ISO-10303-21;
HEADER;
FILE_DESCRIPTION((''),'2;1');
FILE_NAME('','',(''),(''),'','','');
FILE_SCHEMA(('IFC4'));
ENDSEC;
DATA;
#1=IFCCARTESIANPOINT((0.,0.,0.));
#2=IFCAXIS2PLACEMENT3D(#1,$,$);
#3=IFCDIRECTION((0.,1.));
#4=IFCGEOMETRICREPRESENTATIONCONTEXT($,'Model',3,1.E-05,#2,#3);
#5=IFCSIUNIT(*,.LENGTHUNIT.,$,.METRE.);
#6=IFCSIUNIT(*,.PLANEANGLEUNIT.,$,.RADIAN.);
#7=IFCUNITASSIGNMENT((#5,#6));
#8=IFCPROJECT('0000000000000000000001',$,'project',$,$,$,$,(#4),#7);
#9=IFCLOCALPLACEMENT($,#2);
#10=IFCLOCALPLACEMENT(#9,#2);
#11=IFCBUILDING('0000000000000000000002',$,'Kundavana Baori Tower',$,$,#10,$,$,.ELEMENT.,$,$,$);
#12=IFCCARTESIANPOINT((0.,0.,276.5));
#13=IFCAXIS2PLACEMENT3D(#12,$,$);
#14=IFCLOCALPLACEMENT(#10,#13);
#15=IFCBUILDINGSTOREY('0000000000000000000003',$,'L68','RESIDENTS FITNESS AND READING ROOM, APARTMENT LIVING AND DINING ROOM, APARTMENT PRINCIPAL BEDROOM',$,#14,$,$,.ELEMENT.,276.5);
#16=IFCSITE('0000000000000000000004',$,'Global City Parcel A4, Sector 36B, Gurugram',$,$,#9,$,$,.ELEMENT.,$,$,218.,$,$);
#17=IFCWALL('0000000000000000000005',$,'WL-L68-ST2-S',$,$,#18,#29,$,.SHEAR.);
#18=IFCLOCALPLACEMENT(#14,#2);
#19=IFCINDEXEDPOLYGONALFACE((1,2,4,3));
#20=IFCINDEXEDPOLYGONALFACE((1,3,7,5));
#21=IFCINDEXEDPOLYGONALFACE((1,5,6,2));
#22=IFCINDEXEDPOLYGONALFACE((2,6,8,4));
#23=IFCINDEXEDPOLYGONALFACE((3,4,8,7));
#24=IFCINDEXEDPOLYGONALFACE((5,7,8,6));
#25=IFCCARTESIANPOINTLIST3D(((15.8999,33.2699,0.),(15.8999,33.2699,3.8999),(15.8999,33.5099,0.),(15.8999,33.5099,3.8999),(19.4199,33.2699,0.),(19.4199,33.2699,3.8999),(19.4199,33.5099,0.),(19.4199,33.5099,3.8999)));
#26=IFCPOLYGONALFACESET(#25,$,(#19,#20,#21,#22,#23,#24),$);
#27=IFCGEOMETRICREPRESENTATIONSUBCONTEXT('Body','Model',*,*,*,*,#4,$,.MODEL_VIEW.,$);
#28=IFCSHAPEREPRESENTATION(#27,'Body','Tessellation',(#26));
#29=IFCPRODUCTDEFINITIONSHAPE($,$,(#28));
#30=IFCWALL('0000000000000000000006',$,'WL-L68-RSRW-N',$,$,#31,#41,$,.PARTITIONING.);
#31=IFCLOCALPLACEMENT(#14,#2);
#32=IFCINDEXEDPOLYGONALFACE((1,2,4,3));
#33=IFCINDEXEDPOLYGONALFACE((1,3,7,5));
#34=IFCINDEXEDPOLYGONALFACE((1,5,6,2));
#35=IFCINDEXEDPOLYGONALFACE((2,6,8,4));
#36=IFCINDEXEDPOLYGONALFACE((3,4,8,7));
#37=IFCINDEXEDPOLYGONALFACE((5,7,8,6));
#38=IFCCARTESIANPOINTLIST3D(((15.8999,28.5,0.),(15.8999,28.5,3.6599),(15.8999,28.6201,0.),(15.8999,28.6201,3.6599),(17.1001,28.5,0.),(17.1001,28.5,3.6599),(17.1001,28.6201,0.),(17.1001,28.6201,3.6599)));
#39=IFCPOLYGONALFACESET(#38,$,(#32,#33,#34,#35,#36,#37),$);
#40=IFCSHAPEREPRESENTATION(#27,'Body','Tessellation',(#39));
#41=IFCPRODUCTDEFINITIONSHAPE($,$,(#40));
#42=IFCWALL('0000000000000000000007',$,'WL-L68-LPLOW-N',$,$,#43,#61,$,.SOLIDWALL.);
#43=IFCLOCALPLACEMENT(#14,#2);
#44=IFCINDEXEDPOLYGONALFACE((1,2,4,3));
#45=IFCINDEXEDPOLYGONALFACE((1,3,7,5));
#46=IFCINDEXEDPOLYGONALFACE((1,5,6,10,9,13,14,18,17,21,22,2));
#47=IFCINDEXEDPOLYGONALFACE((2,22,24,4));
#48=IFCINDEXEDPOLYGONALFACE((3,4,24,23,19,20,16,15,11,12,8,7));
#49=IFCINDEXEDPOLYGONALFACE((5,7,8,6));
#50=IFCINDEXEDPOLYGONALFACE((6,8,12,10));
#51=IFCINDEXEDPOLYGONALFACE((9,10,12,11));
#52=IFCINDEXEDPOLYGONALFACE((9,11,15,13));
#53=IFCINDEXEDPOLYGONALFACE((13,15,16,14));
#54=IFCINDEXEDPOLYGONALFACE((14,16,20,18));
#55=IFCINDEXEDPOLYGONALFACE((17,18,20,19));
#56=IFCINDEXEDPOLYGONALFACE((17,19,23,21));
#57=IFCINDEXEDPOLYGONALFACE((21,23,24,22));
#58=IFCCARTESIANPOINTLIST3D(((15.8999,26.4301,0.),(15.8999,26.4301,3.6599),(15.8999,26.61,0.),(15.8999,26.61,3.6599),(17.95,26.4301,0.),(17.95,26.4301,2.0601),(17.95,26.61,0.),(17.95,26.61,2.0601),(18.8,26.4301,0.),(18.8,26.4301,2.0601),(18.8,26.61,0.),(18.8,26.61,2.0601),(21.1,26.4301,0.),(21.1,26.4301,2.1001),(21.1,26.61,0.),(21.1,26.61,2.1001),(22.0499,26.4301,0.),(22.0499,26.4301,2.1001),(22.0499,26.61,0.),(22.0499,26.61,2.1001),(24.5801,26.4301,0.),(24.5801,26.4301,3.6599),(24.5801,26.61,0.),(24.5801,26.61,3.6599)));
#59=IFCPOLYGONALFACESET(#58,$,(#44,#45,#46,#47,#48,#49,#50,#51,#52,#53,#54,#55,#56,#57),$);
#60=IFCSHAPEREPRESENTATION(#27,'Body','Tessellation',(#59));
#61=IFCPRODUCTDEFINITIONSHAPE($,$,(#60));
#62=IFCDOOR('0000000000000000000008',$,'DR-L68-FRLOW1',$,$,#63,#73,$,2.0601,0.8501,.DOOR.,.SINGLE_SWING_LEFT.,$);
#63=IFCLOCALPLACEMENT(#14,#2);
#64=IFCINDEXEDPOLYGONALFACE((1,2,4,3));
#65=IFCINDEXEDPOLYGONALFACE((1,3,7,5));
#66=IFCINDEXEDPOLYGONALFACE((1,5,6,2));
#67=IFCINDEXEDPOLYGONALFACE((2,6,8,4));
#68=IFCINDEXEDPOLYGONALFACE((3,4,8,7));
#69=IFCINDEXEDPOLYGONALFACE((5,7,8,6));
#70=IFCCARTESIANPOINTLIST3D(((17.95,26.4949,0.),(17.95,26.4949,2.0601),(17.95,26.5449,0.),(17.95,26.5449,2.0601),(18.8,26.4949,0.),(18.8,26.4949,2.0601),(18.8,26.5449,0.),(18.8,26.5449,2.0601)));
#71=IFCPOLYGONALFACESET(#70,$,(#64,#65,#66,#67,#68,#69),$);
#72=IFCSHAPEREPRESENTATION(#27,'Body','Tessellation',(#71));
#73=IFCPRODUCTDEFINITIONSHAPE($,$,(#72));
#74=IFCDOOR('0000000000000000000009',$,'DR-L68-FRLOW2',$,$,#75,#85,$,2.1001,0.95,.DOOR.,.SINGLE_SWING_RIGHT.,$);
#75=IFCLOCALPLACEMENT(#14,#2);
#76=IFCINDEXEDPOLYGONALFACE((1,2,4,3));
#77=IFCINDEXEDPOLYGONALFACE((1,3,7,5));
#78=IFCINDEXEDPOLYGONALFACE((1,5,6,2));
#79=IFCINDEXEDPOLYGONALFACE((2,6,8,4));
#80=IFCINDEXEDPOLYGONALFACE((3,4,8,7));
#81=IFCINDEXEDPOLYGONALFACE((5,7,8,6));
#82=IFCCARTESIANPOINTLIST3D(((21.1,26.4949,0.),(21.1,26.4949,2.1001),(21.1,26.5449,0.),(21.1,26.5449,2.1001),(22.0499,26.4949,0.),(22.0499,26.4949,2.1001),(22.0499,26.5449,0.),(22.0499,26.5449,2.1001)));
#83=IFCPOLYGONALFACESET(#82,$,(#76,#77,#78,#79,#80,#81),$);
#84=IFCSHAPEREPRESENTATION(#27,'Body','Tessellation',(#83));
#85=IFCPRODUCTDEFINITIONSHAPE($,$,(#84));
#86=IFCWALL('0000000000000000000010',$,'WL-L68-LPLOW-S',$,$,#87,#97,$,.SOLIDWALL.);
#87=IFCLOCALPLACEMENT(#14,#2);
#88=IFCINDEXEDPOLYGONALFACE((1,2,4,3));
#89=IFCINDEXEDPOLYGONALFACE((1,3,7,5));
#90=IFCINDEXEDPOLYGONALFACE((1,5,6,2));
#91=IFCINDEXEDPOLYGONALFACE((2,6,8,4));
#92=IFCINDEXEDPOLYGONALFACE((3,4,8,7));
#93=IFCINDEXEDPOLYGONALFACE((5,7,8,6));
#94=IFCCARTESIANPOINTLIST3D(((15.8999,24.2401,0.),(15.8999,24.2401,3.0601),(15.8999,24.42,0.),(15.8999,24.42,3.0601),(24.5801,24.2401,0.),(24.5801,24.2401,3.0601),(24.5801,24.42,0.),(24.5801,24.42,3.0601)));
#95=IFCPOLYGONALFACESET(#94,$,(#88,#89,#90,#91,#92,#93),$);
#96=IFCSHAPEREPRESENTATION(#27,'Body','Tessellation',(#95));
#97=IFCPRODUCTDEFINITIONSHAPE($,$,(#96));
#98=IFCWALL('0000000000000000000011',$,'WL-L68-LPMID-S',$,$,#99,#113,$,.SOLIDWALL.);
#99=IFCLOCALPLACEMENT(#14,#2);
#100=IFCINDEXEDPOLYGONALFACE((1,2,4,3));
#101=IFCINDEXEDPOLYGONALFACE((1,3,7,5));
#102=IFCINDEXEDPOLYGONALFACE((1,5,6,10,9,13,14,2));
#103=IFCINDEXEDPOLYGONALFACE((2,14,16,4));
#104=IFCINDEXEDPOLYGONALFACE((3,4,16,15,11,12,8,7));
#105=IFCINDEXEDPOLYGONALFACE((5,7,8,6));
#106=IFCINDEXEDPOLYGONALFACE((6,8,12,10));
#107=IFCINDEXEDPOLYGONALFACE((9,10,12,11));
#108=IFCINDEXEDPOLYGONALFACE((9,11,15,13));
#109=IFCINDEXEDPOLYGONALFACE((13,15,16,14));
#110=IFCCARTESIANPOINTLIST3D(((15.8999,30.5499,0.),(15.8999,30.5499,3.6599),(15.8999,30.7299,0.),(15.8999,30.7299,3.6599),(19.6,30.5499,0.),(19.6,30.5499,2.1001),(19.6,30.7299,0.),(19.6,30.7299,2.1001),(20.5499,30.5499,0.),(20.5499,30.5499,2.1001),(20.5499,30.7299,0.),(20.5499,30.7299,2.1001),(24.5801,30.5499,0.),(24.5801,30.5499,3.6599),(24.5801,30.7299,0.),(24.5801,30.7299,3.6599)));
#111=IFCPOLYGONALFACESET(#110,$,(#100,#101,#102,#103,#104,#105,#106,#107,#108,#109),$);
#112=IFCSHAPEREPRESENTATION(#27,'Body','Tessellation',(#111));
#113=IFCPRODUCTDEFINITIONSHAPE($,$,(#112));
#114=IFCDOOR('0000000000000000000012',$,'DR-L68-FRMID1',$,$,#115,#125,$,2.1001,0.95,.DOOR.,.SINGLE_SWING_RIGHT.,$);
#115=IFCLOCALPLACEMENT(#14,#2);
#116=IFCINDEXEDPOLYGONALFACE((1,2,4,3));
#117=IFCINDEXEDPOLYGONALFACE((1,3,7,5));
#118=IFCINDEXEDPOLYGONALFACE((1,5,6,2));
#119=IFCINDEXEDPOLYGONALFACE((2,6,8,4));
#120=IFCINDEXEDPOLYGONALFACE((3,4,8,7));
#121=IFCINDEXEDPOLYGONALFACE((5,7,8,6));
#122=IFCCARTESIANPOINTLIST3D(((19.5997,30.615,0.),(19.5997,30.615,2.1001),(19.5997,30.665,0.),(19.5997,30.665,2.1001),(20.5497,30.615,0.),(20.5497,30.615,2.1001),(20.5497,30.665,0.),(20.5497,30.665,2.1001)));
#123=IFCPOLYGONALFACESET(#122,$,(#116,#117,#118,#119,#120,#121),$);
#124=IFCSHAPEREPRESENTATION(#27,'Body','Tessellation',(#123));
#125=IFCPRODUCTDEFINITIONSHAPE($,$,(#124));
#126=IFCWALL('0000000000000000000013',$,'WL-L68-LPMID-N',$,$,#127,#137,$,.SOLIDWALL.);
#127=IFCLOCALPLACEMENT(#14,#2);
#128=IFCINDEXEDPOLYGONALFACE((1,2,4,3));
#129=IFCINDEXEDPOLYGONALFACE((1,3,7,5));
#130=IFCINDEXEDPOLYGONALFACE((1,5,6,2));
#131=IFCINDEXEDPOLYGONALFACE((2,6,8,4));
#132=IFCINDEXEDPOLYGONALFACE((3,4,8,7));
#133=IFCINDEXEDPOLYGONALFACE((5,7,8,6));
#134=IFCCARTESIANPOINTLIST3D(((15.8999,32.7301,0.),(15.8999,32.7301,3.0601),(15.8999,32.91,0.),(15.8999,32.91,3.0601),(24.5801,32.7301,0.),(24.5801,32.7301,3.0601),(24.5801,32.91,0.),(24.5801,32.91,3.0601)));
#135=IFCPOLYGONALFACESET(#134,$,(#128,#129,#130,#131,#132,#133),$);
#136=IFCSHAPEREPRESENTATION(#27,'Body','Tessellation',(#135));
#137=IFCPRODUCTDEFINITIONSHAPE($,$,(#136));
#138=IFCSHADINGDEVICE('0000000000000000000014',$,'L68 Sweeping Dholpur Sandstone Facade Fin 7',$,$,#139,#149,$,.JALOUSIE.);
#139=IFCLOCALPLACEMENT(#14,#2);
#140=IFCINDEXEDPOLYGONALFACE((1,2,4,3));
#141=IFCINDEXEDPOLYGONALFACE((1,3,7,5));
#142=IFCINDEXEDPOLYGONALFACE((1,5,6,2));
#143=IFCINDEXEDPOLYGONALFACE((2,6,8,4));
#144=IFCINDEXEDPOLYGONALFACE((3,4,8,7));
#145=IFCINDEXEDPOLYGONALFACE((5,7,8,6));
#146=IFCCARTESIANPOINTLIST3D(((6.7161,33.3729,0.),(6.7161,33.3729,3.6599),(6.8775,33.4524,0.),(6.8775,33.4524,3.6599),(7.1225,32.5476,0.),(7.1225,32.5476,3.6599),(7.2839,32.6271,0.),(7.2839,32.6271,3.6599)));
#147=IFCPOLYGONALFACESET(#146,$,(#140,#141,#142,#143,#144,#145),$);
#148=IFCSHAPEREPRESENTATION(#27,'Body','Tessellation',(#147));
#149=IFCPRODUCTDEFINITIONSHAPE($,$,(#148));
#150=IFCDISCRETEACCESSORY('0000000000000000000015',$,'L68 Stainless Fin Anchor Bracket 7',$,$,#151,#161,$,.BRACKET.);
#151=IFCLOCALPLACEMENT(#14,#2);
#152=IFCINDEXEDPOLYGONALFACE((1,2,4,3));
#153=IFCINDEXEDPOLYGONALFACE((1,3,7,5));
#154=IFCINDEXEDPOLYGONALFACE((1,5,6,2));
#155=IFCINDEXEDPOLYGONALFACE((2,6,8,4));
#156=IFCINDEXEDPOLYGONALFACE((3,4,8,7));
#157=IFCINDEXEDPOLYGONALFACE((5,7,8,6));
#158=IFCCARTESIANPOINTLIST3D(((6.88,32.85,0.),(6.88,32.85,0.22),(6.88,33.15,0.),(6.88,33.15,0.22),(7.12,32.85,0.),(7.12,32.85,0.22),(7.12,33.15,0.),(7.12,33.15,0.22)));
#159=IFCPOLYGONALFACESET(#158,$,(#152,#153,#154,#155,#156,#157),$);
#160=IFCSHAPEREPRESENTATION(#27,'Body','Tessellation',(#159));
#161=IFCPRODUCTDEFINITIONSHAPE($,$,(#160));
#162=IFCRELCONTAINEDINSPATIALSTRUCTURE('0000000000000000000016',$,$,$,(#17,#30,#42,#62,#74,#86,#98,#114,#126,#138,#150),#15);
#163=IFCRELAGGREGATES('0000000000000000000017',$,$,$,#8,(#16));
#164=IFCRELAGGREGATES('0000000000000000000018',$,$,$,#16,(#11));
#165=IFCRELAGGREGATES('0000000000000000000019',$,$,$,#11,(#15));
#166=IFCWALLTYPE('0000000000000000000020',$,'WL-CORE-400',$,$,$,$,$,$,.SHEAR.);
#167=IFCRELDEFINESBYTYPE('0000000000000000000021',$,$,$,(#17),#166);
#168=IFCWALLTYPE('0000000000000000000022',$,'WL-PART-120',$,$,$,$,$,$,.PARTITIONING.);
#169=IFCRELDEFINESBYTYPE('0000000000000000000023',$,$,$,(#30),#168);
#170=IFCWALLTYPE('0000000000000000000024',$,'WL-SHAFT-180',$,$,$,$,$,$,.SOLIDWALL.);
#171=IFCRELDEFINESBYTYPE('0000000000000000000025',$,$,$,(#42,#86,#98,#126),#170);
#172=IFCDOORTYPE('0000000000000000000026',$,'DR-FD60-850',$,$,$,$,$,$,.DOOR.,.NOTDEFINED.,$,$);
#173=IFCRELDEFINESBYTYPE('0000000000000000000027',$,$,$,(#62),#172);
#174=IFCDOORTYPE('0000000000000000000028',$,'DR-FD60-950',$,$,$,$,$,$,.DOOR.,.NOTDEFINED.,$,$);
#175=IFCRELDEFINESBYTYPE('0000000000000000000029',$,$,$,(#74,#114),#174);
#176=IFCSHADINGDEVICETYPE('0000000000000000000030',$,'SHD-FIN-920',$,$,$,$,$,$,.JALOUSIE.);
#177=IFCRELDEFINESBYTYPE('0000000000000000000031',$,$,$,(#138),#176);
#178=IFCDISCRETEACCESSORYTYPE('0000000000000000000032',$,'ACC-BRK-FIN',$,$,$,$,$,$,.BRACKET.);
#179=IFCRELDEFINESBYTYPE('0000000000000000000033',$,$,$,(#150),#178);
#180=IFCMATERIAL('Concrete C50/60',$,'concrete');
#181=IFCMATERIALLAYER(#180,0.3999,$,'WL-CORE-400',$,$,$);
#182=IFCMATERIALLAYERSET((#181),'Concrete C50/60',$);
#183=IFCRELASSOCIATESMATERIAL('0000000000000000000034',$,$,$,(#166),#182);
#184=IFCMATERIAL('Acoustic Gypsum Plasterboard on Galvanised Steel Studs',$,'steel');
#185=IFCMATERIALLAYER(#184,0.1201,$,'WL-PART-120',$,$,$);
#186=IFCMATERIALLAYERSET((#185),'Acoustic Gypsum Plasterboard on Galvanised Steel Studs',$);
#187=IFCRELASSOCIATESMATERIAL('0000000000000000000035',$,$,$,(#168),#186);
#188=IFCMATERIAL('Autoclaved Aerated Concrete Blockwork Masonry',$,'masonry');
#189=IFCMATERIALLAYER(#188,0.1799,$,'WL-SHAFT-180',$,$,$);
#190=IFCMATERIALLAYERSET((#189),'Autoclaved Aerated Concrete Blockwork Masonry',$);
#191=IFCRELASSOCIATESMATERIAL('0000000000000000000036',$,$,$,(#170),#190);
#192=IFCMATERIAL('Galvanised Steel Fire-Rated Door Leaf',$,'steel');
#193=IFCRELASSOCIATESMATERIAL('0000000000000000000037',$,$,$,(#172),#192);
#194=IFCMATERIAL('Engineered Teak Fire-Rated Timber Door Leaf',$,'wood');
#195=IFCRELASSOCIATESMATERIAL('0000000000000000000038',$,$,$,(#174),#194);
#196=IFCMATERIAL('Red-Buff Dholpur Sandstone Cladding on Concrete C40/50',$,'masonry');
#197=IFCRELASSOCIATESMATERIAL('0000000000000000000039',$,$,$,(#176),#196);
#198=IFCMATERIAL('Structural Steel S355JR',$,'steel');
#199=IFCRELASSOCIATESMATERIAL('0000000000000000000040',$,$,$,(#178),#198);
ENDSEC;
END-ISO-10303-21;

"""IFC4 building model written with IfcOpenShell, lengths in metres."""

from ifc_helpers import new_model, si_unit, direction, frame, frame_2d, origin, origin_2d, place, context, subcontext, project, spatial, rectangle, extrude, material, layer, layer_set, type_object, element, fill, save


model = new_model("IFC4")

# Units and contexts
model_context = context("Model", 3, precision=1e-05, world=origin(), true_north=direction((0.0, 1.0)))
body_context = subcontext(model_context, "Body", "Model", "MODEL_VIEW")
ifc_project = project(units=[si_unit("LENGTHUNIT", "METRE"), si_unit("PLANEANGLEUNIT", "RADIAN")], contexts=[model_context])

# Site, building, storey
site_placement = place(None, origin())
site = spatial("IfcSite", under=ifc_project, at=site_placement, Name="Global City Parcel A4, Sector 36B, Gurugram", CompositionType="ELEMENT", RefElevation=218.0)
building_placement = place(site_placement, origin())
building = spatial("IfcBuilding", under=site, at=building_placement, Name="Kundavana Baori Tower", CompositionType="ELEMENT")
storey_placement = place(building_placement, frame((0.0, 0.0, 276.5)))
storey = spatial("IfcBuildingStorey", under=building, at=storey_placement, Name="L68", Description="RESIDENTS FITNESS AND READING ROOM, APARTMENT LIVING AND DINING ROOM, APARTMENT PRINCIPAL BEDROOM", CompositionType="ELEMENT", Elevation=276.5)

# Walls
ifc_material_1 = material(Name="Concrete C50/60", Category="concrete")
ifc_layer_1 = layer(ifc_material_1, 0.3999, Name="WL-CORE-400")
ifc_layer_set_1 = layer_set([ifc_layer_1], Name="Concrete C50/60")
wall_type_1 = type_object("IfcWallType", Name="WL-CORE-400", PredefinedType="SHEAR", material=ifc_layer_set_1)
wall_1_placement = place(storey_placement, frame((15.8999, 33.3899, 0.0), z_axis=(0.0, 0.0, 1.0), x_axis=(1.0, 0.0, 0.0)))
element("IfcWall", 1, at=wall_1_placement, inside=storey, type_object=wall_type_1, Name="WL-L68-ST2-S", PredefinedType="SHEAR", context=body_context, shape_type="SweptSolid", body=[
    extrude(rectangle(XDim=3.52, YDim=0.24, at=frame_2d((1.76, 0.0))), origin(), (0.0, 0.0, 1.0), 3.8999),
])
ifc_material_2 = material(Name="Acoustic Gypsum Plasterboard on Galvanised Steel Studs", Category="steel")
ifc_layer_2 = layer(ifc_material_2, 0.1201, Name="WL-PART-120")
ifc_layer_set_2 = layer_set([ifc_layer_2], Name="Acoustic Gypsum Plasterboard on Galvanised Steel Studs")
wall_type_2 = type_object("IfcWallType", Name="WL-PART-120", PredefinedType="PARTITIONING", material=ifc_layer_set_2)
wall_2_placement = place(storey_placement, frame((15.8999, 28.5601, 0.0), z_axis=(0.0, 0.0, 1.0), x_axis=(1.0, 0.0, 0.0)))
element("IfcWall", 2, at=wall_2_placement, inside=storey, type_object=wall_type_2, Name="WL-L68-RSRW-N", PredefinedType="PARTITIONING", context=body_context, shape_type="SweptSolid", body=[
    extrude(rectangle(XDim=1.2002, YDim=0.1201, at=frame_2d((0.6001, 0.0))), origin(), (0.0, 0.0, 1.0), 3.6599),
])

# Wall, openings, doors
ifc_material_3 = material(Name="Autoclaved Aerated Concrete Blockwork Masonry", Category="masonry")
ifc_layer_3 = layer(ifc_material_3, 0.1799, Name="WL-SHAFT-180")
ifc_layer_set_3 = layer_set([ifc_layer_3], Name="Autoclaved Aerated Concrete Blockwork Masonry")
wall_type_3 = type_object("IfcWallType", Name="WL-SHAFT-180", PredefinedType="SOLIDWALL", material=ifc_layer_set_3)
wall_3_placement = place(storey_placement, frame((15.8999, 26.52, 0.0), z_axis=(0.0, 0.0, 1.0), x_axis=(1.0, 0.0, 0.0)))
wall_3 = element("IfcWall", 3, at=wall_3_placement, inside=storey, type_object=wall_type_3, Name="WL-L68-LPLOW-N", PredefinedType="SOLIDWALL", context=body_context, shape_type="SweptSolid", body=[
    extrude(rectangle(XDim=8.6802, YDim=0.1799, at=frame_2d((4.3401, 0.0))), origin(), (0.0, 0.0, 1.0), 3.6599),
])
opening_1_placement = place(wall_3_placement, frame((2.05, 0.0, 0.0)))
opening_1 = element("IfcOpeningElement", 4, at=opening_1_placement, cuts=wall_3, PredefinedType="OPENING", context=body_context, shape_type="SweptSolid", body=[
    extrude(rectangle(XDim=0.8501, YDim=2.0601, at=frame_2d((0.425, 1.03))), frame((0.0, 0.1001, 0.0), z_axis=(0.0, -1.0, 0.0), x_axis=(1.0, 0.0, 0.0)), (0.0, 0.0, 1.0), 0.2),
])
opening_2_placement = place(wall_3_placement, frame((5.2, 0.0, 0.0)))
opening_2 = element("IfcOpeningElement", 5, at=opening_2_placement, cuts=wall_3, PredefinedType="OPENING", context=body_context, shape_type="SweptSolid", body=[
    extrude(rectangle(XDim=0.95, YDim=2.1001, at=frame_2d((0.4751, 1.05))), frame((0.0, 0.1001, 0.0), z_axis=(0.0, -1.0, 0.0), x_axis=(1.0, 0.0, 0.0)), (0.0, 0.0, 1.0), 0.2),
])
ifc_material_4 = material(Name="Galvanised Steel Fire-Rated Door Leaf", Category="steel")
door_type_1 = type_object("IfcDoorType", Name="DR-FD60-850", OperationType="NOTDEFINED", PredefinedType="DOOR", material=ifc_material_4)
door_1_placement = place(opening_1_placement, origin())
door_1 = element("IfcDoor", 6, at=door_1_placement, inside=storey, type_object=door_type_1, Name="DR-L68-FRLOW1", OperationType="SINGLE_SWING_LEFT", OverallHeight=2.0601, OverallWidth=0.8501, PredefinedType="DOOR", context=body_context, shape_type="SweptSolid", body=[
    extrude(rectangle(XDim=0.8501, YDim=2.0601, at=frame_2d((0.425, 1.03))), frame((0.0, 0.0249, 0.0), z_axis=(0.0, -1.0, 0.0), x_axis=(1.0, 0.0, 0.0)), (0.0, 0.0, 1.0), 0.05),
])
fill(opening_1, door_1)
ifc_material_5 = material(Name="Engineered Teak Fire-Rated Timber Door Leaf", Category="wood")
door_type_2 = type_object("IfcDoorType", Name="DR-FD60-950", OperationType="NOTDEFINED", PredefinedType="DOOR", material=ifc_material_5)
door_2_placement = place(opening_2_placement, origin())
door_2 = element("IfcDoor", 7, at=door_2_placement, inside=storey, type_object=door_type_2, Name="DR-L68-FRLOW2", OperationType="SINGLE_SWING_RIGHT", OverallHeight=2.1001, OverallWidth=0.95, PredefinedType="DOOR", context=body_context, shape_type="SweptSolid", body=[
    extrude(rectangle(XDim=0.95, YDim=2.1001, at=frame_2d((0.4751, 1.05))), frame((0.0, 0.0249, 0.0), z_axis=(0.0, -1.0, 0.0), x_axis=(1.0, 0.0, 0.0)), (0.0, 0.0, 1.0), 0.05),
])
fill(opening_2, door_2)

# Wall
wall_4_placement = place(storey_placement, frame((15.8999, 24.3301, 0.0), z_axis=(0.0, 0.0, 1.0), x_axis=(1.0, 0.0, 0.0)))
element("IfcWall", 8, at=wall_4_placement, inside=storey, type_object=wall_type_3, Name="WL-L68-LPLOW-S", PredefinedType="SOLIDWALL", context=body_context, shape_type="SweptSolid", body=[
    extrude(rectangle(XDim=8.6802, YDim=0.1799, at=frame_2d((4.3401, 0.0))), origin(), (0.0, 0.0, 1.0), 3.0601),
])

# Wall, opening, door
wall_5_placement = place(storey_placement, frame((15.8999, 30.6399, 0.0), z_axis=(0.0, 0.0, 1.0), x_axis=(1.0, 0.0, 0.0)))
wall_5 = element("IfcWall", 9, at=wall_5_placement, inside=storey, type_object=wall_type_3, Name="WL-L68-LPMID-S", PredefinedType="SOLIDWALL", context=body_context, shape_type="SweptSolid", body=[
    extrude(rectangle(XDim=8.6802, YDim=0.1799, at=frame_2d((4.3401, 0.0))), origin(), (0.0, 0.0, 1.0), 3.6599),
])
opening_3_placement = place(wall_5_placement, frame((3.7, 0.0, 0.0)))
opening_3 = element("IfcOpeningElement", 10, at=opening_3_placement, cuts=wall_5, PredefinedType="OPENING", context=body_context, shape_type="SweptSolid", body=[
    extrude(rectangle(XDim=0.95, YDim=2.1001, at=frame_2d((0.4751, 1.05))), frame((0.0, 0.1001, 0.0), z_axis=(0.0, -1.0, 0.0), x_axis=(1.0, 0.0, 0.0)), (0.0, 0.0, 1.0), 0.2),
])
door_3_placement = place(opening_3_placement, frame((0.95, 0.0, 0.0), z_axis=(0.0, 0.0, 1.0), x_axis=(-1.0, 0.0, 0.0)))
door_3 = element("IfcDoor", 11, at=door_3_placement, inside=storey, type_object=door_type_2, Name="DR-L68-FRMID1", OperationType="SINGLE_SWING_RIGHT", OverallHeight=2.1001, OverallWidth=0.95, PredefinedType="DOOR", context=body_context, shape_type="SweptSolid", body=[
    extrude(rectangle(XDim=0.95, YDim=2.1001, at=frame_2d((0.4751, 1.05))), frame((0.0, 0.0249, 0.0), z_axis=(0.0, -1.0, 0.0), x_axis=(1.0, 0.0, 0.0)), (0.0, 0.0, 1.0), 0.05),
])
fill(opening_3, door_3)

# Wall
wall_6_placement = place(storey_placement, frame((15.8999, 32.8201, 0.0), z_axis=(0.0, 0.0, 1.0), x_axis=(1.0, 0.0, 0.0)))
element("IfcWall", 12, at=wall_6_placement, inside=storey, type_object=wall_type_3, Name="WL-L68-LPMID-N", PredefinedType="SOLIDWALL", context=body_context, shape_type="SweptSolid", body=[
    extrude(rectangle(XDim=8.6802, YDim=0.1799, at=frame_2d((4.3401, 0.0))), origin(), (0.0, 0.0, 1.0), 3.0601),
])

# Shading device
ifc_material_6 = material(Name="Red-Buff Dholpur Sandstone Cladding on Concrete C40/50", Category="masonry")
shading_device_type = type_object("IfcShadingDeviceType", Name="SHD-FIN-920", PredefinedType="JALOUSIE", material=ifc_material_6)
shading_device_placement = place(storey_placement, frame((7.0, 33.0, 0.0), z_axis=(0.0, 0.0, 1.0), x_axis=(0.897104, 0.441819, 0.0)))
element("IfcShadingDevice", 13, at=shading_device_placement, inside=storey, type_object=shading_device_type, Name="L68 Sweeping Dholpur Sandstone Facade Fin 7", PredefinedType="JALOUSIE", context=body_context, shape_type="SweptSolid", body=[
    extrude(rectangle(XDim=0.1799, YDim=0.9199, at=origin_2d()), origin(), (0.0, 0.0, 1.0), 3.6599),
])

# Discrete accessory
ifc_material_7 = material(Name="Structural Steel S355JR", Category="steel")
discrete_accessory_type = type_object("IfcDiscreteAccessoryType", Name="ACC-BRK-FIN", PredefinedType="BRACKET", material=ifc_material_7)
discrete_accessory_placement = place(storey_placement, frame((7.0, 33.0, 0.0), z_axis=(0.0, 0.0, 1.0), x_axis=(1.0, 0.0, 0.0)))
element("IfcDiscreteAccessory", 14, at=discrete_accessory_placement, inside=storey, type_object=discrete_accessory_type, Name="L68 Stainless Fin Anchor Bracket 7", PredefinedType="BRACKET", context=body_context, shape_type="SweptSolid", body=[
    extrude(rectangle(XDim=0.24, YDim=0.3, at=origin_2d()), origin(), (0.0, 0.0, 1.0), 0.22),
])

save(model, "model.ifc")
